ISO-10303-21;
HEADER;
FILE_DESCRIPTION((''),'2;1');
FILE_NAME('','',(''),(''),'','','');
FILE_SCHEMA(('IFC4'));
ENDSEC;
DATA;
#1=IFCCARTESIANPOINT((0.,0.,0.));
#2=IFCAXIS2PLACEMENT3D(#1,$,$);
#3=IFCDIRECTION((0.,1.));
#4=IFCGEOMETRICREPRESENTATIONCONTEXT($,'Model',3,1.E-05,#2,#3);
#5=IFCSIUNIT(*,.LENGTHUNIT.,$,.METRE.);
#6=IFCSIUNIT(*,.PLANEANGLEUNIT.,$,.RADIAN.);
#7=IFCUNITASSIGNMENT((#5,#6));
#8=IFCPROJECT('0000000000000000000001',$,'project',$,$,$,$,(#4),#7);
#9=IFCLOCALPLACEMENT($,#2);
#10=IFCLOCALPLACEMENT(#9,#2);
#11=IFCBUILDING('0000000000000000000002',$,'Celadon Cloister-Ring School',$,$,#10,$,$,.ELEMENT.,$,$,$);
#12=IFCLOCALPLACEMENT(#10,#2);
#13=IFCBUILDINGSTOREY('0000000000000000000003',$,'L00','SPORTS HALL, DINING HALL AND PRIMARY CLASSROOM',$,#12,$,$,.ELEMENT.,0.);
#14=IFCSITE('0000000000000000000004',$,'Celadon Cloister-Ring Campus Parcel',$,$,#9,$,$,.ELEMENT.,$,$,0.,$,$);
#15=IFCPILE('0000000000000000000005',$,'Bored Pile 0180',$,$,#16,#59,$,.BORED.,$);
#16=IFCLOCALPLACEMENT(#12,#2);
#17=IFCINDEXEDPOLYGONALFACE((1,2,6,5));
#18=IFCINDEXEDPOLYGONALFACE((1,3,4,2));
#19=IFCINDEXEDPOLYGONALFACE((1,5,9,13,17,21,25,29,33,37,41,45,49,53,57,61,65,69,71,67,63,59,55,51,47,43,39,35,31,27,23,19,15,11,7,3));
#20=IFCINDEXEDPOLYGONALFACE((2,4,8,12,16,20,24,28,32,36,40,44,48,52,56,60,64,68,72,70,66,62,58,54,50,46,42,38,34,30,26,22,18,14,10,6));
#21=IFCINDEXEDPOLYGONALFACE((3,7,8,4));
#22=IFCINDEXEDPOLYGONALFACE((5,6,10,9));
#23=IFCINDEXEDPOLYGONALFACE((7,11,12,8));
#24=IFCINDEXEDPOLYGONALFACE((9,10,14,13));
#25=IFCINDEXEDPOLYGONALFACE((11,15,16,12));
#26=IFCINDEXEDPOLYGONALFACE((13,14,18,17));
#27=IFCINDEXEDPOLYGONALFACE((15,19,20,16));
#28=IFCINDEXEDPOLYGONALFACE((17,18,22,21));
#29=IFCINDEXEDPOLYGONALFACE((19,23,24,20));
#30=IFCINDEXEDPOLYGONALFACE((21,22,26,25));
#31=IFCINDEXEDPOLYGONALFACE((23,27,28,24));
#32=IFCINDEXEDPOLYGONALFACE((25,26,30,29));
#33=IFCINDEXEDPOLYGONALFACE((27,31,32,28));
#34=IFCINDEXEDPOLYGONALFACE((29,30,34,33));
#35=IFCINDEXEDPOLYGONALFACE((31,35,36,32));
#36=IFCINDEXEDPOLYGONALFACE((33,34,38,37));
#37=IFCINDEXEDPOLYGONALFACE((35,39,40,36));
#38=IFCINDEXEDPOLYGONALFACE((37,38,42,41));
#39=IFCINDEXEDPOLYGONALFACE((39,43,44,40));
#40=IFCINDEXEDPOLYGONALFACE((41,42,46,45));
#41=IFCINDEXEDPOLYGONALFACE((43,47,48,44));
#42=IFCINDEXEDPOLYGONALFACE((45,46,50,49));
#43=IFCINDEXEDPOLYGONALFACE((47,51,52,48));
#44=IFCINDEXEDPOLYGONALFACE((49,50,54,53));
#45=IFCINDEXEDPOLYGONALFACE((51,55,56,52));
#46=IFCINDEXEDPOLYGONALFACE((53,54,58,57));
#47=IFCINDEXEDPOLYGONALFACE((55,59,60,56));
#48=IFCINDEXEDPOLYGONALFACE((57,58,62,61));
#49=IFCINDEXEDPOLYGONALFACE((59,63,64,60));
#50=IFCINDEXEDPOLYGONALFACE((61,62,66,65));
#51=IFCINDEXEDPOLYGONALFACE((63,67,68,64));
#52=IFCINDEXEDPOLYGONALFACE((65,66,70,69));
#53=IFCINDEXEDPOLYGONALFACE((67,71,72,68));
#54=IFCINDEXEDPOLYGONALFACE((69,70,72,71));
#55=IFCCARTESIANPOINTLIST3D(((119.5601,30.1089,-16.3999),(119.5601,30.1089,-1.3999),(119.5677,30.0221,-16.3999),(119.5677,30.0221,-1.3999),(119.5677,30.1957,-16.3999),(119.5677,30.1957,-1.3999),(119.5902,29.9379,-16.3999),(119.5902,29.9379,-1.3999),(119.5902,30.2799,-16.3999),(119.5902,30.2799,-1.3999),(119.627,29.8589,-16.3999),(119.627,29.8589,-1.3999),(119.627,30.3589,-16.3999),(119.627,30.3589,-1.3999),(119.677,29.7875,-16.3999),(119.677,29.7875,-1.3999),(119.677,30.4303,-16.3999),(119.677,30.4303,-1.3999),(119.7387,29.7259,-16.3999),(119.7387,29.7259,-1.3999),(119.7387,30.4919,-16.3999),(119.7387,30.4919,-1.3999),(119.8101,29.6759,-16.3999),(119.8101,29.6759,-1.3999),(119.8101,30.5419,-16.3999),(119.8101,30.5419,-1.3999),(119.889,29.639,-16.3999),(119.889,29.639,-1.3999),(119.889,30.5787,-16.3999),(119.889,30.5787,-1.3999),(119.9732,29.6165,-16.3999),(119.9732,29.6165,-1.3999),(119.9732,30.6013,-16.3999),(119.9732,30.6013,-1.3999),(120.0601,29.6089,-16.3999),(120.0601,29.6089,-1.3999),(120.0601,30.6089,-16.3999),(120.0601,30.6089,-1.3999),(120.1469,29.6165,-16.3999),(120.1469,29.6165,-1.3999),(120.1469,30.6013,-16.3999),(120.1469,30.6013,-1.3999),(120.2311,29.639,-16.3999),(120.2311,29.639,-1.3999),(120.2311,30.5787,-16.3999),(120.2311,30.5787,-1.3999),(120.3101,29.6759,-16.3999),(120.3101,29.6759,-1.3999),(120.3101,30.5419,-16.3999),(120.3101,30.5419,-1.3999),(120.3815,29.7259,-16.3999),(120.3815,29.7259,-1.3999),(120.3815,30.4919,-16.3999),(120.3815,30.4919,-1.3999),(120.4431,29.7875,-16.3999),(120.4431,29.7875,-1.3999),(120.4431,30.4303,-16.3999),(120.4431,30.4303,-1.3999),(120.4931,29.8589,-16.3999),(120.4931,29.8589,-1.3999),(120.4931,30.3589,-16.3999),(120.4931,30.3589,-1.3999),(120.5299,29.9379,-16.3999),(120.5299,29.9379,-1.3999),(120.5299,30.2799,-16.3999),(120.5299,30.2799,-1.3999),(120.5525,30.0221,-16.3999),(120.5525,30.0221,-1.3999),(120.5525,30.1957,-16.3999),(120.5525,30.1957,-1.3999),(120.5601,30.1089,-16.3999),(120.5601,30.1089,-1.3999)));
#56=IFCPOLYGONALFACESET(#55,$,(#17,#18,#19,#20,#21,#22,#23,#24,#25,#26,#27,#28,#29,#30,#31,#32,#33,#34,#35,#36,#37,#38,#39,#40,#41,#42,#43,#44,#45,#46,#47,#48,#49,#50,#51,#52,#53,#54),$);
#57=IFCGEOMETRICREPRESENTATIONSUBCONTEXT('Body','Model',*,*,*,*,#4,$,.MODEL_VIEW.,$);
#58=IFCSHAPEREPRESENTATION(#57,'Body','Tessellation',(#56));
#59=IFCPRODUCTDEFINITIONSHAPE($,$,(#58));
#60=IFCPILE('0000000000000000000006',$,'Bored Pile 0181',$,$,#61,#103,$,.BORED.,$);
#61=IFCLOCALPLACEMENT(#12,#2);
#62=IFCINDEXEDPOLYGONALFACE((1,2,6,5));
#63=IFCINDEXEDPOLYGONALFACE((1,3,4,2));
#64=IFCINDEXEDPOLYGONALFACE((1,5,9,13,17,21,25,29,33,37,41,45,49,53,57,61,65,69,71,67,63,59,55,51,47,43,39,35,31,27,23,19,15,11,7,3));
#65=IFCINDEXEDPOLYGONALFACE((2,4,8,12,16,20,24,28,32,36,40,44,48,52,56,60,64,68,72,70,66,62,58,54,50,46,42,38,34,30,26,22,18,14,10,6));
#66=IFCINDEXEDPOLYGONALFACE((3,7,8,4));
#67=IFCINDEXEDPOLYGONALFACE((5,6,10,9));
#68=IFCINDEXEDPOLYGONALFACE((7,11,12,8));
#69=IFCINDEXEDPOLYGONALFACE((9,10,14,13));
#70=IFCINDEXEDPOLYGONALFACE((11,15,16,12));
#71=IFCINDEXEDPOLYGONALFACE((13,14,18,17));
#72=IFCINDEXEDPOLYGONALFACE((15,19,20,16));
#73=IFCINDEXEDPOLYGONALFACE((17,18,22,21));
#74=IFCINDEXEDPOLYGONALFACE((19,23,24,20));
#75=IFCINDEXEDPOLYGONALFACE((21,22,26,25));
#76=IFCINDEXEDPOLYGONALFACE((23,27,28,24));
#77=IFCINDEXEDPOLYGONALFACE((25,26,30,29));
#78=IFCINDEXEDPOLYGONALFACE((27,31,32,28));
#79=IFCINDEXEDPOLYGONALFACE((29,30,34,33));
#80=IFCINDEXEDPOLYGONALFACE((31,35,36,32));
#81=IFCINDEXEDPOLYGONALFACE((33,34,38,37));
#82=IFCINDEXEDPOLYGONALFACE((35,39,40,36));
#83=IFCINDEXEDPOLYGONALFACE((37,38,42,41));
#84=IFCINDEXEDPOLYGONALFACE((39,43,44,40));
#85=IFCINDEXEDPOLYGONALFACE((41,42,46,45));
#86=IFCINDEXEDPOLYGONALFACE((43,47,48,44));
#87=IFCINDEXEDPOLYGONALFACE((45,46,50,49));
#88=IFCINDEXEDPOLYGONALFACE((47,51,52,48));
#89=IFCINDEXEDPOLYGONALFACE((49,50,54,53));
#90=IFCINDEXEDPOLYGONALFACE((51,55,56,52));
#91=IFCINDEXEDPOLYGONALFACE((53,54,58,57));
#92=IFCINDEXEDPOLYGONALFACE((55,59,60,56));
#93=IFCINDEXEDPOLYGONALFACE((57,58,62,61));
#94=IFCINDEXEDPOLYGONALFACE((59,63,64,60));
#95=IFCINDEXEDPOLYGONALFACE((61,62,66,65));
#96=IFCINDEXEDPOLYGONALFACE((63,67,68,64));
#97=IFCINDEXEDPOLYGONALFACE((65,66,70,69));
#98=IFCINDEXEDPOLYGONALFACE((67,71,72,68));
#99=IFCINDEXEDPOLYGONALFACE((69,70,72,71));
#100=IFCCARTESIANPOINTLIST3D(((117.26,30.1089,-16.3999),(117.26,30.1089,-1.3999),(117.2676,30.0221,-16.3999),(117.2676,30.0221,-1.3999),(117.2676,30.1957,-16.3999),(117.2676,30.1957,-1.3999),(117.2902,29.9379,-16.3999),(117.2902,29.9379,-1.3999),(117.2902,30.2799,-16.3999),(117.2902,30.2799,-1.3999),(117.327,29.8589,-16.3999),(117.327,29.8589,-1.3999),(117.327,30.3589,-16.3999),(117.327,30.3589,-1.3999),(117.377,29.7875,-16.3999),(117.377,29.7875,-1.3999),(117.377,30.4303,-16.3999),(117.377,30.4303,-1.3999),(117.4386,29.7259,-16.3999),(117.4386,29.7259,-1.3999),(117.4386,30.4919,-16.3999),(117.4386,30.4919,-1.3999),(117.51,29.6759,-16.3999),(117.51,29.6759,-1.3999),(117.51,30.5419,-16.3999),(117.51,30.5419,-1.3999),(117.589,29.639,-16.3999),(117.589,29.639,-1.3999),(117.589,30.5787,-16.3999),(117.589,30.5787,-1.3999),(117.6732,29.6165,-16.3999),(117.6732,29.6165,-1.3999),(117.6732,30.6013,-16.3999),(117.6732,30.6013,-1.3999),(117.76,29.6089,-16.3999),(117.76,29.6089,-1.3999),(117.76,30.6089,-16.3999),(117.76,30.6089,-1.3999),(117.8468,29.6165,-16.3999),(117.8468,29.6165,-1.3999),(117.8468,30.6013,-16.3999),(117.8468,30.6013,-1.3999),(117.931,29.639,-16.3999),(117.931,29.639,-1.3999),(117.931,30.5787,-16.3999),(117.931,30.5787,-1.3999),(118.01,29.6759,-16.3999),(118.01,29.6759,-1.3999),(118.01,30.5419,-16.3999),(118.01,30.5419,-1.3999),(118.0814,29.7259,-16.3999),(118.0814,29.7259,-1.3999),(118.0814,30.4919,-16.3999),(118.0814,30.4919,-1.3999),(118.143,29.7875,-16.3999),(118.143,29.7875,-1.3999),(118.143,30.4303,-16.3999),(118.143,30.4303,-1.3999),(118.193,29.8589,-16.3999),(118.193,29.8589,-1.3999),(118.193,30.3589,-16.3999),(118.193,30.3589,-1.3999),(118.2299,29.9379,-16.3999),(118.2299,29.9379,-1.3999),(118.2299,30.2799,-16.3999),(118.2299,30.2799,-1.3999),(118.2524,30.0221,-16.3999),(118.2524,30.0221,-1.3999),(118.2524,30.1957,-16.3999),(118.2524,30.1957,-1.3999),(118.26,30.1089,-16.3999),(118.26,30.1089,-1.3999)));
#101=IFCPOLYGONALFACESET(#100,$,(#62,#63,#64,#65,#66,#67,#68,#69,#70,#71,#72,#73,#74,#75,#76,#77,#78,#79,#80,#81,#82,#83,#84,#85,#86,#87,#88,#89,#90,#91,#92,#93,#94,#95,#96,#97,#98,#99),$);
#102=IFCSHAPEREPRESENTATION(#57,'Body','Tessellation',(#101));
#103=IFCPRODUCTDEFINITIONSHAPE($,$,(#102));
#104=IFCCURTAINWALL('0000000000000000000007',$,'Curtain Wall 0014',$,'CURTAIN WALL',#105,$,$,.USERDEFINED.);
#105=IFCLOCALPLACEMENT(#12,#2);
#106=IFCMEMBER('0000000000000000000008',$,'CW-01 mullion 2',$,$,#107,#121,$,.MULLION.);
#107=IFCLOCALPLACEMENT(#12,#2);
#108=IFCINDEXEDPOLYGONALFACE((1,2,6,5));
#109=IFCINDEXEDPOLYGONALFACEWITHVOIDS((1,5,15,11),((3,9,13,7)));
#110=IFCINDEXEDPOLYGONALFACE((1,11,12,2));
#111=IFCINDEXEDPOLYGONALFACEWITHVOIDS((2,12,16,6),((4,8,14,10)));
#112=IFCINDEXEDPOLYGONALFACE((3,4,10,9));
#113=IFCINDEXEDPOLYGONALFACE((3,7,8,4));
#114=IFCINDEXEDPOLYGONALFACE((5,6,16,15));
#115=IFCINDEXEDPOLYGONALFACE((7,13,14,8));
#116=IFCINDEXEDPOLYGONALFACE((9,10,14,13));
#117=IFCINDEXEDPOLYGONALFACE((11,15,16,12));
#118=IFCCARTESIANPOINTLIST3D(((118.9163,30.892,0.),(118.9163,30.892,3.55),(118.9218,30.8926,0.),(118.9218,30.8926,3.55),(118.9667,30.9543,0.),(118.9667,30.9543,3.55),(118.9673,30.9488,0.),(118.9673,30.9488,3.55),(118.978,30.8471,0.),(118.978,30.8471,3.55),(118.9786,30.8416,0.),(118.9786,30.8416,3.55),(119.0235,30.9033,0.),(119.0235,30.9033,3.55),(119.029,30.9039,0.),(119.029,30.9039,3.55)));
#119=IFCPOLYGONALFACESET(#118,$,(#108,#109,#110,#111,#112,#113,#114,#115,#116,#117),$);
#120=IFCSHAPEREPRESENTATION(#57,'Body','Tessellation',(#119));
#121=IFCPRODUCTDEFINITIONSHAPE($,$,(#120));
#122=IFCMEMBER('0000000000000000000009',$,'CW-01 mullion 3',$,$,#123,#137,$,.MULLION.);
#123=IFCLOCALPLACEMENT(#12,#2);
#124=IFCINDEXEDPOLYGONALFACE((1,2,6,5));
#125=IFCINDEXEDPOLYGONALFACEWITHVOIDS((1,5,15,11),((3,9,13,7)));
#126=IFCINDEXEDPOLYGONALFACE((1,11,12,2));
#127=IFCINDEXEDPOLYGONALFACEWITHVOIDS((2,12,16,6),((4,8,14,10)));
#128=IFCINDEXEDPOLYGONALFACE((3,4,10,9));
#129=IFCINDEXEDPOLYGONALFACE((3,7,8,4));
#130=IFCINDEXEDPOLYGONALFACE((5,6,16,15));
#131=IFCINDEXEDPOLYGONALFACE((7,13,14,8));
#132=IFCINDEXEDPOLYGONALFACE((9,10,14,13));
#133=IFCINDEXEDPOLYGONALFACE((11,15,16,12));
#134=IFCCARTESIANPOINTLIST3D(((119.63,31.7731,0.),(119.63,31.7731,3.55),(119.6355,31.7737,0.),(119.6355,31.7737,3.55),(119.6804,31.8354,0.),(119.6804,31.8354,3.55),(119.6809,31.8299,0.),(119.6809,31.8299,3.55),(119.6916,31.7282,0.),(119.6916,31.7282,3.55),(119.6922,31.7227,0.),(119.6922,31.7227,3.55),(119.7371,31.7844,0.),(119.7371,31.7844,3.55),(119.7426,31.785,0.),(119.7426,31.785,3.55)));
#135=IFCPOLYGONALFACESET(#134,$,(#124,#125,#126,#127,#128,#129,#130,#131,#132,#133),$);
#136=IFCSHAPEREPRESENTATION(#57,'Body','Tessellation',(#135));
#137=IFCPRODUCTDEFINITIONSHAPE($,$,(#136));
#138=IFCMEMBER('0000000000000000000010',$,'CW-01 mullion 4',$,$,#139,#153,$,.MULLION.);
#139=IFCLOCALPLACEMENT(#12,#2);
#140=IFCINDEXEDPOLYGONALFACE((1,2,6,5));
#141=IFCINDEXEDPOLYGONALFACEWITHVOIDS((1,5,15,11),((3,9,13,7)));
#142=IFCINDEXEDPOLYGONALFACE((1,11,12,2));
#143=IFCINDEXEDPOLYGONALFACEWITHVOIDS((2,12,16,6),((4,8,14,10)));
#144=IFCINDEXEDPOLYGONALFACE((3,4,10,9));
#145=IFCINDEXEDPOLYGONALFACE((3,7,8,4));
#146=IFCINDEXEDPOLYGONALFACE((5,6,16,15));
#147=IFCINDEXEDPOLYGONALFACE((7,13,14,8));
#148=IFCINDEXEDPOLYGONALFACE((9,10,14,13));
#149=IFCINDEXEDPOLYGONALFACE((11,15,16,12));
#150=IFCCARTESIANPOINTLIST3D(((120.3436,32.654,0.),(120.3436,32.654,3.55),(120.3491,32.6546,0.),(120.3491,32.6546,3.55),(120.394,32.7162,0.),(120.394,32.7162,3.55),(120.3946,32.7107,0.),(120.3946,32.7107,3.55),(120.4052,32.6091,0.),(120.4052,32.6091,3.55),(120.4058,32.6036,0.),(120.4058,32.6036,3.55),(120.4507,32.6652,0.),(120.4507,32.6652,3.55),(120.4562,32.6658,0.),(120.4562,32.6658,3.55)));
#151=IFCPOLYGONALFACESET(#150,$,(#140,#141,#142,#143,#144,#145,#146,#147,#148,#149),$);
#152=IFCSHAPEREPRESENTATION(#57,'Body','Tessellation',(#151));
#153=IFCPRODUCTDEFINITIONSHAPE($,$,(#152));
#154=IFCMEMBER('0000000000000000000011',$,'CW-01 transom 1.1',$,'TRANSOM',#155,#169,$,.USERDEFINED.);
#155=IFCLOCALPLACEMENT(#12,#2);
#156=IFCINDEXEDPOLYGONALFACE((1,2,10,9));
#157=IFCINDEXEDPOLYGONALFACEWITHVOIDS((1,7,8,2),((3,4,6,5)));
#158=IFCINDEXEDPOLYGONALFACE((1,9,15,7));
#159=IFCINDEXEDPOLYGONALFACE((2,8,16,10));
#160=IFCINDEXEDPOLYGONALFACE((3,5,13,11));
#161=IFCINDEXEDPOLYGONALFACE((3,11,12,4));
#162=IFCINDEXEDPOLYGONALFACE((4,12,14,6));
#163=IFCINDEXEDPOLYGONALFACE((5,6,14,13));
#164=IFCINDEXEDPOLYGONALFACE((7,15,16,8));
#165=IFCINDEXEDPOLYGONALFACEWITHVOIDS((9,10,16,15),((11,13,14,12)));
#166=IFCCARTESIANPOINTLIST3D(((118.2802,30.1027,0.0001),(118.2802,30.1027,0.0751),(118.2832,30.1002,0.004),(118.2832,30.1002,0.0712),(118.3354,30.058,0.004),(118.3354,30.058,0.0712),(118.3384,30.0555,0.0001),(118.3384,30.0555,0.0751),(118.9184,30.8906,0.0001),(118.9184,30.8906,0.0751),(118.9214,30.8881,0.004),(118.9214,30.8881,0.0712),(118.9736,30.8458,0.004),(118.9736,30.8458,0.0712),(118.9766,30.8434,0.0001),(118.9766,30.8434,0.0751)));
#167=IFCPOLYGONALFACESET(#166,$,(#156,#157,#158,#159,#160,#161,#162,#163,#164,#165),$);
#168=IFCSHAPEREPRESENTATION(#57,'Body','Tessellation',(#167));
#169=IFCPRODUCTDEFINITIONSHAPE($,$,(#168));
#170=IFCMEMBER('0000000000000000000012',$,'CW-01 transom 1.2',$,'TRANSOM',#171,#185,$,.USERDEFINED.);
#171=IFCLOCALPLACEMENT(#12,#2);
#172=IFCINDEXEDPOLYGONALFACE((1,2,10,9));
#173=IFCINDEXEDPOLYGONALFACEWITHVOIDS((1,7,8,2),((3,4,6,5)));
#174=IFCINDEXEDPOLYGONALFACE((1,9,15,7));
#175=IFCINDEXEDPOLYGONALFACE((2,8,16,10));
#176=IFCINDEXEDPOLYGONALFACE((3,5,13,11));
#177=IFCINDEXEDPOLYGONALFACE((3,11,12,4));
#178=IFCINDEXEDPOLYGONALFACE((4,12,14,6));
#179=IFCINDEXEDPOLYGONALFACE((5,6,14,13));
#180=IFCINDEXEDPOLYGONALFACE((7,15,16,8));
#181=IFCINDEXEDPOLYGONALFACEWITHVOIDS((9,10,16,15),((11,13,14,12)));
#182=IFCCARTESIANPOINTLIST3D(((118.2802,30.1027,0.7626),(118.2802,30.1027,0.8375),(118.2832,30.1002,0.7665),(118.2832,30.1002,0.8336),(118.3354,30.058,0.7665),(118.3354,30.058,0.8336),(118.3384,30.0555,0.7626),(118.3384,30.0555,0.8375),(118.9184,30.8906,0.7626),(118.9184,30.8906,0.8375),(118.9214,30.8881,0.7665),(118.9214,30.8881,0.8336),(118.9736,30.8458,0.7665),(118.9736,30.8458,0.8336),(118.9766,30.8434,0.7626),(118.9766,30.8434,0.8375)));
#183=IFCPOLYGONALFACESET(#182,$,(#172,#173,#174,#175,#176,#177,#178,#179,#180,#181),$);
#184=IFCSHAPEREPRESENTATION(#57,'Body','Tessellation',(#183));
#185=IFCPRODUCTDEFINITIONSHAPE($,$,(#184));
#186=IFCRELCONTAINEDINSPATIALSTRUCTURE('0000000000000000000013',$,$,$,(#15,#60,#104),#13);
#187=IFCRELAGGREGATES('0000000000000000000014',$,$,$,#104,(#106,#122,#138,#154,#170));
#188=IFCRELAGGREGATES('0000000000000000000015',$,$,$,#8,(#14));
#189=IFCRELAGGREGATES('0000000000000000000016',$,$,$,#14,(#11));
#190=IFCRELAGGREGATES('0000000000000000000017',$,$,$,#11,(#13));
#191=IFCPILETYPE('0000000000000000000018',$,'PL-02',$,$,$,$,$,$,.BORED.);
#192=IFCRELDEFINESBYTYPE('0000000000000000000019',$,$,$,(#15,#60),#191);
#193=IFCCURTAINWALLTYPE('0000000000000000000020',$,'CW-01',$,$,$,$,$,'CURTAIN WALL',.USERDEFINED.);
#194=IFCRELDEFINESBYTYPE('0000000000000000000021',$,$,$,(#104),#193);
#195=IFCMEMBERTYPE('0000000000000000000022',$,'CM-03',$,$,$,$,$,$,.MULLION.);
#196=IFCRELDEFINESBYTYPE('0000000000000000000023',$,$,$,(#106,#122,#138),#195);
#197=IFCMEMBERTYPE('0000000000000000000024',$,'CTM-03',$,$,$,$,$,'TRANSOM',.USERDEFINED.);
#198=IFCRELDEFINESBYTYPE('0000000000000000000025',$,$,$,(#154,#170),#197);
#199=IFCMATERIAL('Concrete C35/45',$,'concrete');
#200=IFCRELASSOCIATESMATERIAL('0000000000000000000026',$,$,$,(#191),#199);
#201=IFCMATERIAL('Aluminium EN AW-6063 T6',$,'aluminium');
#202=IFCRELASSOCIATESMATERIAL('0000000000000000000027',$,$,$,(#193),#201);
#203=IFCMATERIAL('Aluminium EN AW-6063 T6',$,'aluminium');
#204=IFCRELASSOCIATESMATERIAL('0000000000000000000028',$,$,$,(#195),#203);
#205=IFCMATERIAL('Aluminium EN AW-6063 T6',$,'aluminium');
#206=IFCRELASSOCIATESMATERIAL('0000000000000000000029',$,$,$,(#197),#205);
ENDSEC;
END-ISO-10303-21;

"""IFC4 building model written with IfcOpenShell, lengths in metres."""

from ifc_helpers import new_model, si_unit, direction, frame, origin, origin_2d, place, context, subcontext, project, spatial, hollow_rectangle, circle, extrude, material, material_profile, profile_set, type_object, element, aggregate, save


model = new_model("IFC4")

# Units and contexts
model_context = context("Model", 3, precision=1e-05, world=origin(), true_north=direction((0.0, 1.0)))
body_context = subcontext(model_context, "Body", "Model", "MODEL_VIEW")
ifc_project = project(units=[si_unit("LENGTHUNIT", "METRE"), si_unit("PLANEANGLEUNIT", "RADIAN")], contexts=[model_context])

# Site, building, storey
site_placement = place(None, origin())
site = spatial("IfcSite", under=ifc_project, at=site_placement, Name="Celadon Cloister-Ring Campus Parcel", CompositionType="ELEMENT", RefElevation=0.0)
building_placement = place(site_placement, origin())
building = spatial("IfcBuilding", under=site, at=building_placement, Name="Celadon Cloister-Ring School", CompositionType="ELEMENT")
storey_placement = place(building_placement, origin())
storey = spatial("IfcBuildingStorey", under=building, at=storey_placement, Name="L00", Description="SPORTS HALL, DINING HALL AND PRIMARY CLASSROOM", CompositionType="ELEMENT", Elevation=0.0)

# Piles
ifc_material_1 = material(Name="Concrete C35/45", Category="concrete")
ifc_material_profile_1 = material_profile(ifc_material_1, circle(Radius=0.5, at=origin_2d()), Name="PILE1000")
ifc_profile_set_1 = profile_set([ifc_material_profile_1], Name="Concrete C35/45")
pile_type = type_object("IfcPileType", Name="PL-02", PredefinedType="BORED", material=ifc_profile_set_1)
for number, where, z_axis, x_axis, name in (
    (1, (120.0601, 30.1089, -1.3999), (0.0, 0.0, -1.0), (1.0, 0.0, 0.0), "Bored Pile 0180"),
    (2, (117.76, 30.1089, -1.3999), (0.0, 0.0, -1.0), (1.0, 0.0, 0.0), "Bored Pile 0181"),
):
    element("IfcPile", number, at=place(storey_placement, frame(where, z_axis=z_axis, x_axis=x_axis)), inside=storey, type_object=pile_type, Name=name, PredefinedType="BORED", context=body_context, shape_type="SweptSolid", body=[
        extrude(circle(Radius=0.5, at=origin_2d()), origin(), (0.0, 0.0, 1.0), 15.0),
    ])

# Curtain wall, members
ifc_material_2 = material(Name="Aluminium EN AW-6063 T6", Category="aluminium")
curtain_wall_type = type_object("IfcCurtainWallType", Name="CW-01", ElementType="CURTAIN WALL", PredefinedType="USERDEFINED", material=ifc_material_2)
curtain_wall_placement = place(storey_placement, origin())
curtain_wall = element("IfcCurtainWall", 3, at=curtain_wall_placement, inside=storey, type_object=curtain_wall_type, Name="Curtain Wall 0014", ObjectType="CURTAIN WALL", PredefinedType="USERDEFINED")
ifc_material_3 = material(Name="Aluminium EN AW-6063 T6", Category="aluminium")
ifc_material_profile_2 = material_profile(ifc_material_3, hollow_rectangle(XDim=0.0801, YDim=0.0801, WallThickness=0.0039, at=origin_2d()), Name="RHS80X80X4")
ifc_profile_set_2 = profile_set([ifc_material_profile_2], Name="Aluminium EN AW-6063 T6")
member_type_1 = type_object("IfcMemberType", Name="CM-03", PredefinedType="MULLION", material=ifc_profile_set_2)
member_1_placement = place(storey_placement, frame((118.9727, 30.8979, 0.0), z_axis=(0.0, 0.0, 1.0), x_axis=(-0.777068, 0.629416, 0.0)))
member_1 = element("IfcMember", 4, at=member_1_placement, type_object=member_type_1, Name="CW-01 mullion 2", PredefinedType="MULLION", context=body_context, shape_type="SweptSolid", body=[
    extrude(hollow_rectangle(XDim=0.0801, YDim=0.0801, WallThickness=0.0039, at=origin_2d()), origin(), (0.0, 0.0, 1.0), 3.55),
])
member_2_placement = place(storey_placement, frame((119.6863, 31.7791, 0.0), z_axis=(0.0, 0.0, 1.0), x_axis=(-0.777068, 0.629416, 0.0)))
member_2 = element("IfcMember", 5, at=member_2_placement, type_object=member_type_1, Name="CW-01 mullion 3", PredefinedType="MULLION", context=body_context, shape_type="SweptSolid", body=[
    extrude(hollow_rectangle(XDim=0.0801, YDim=0.0801, WallThickness=0.0039, at=origin_2d()), origin(), (0.0, 0.0, 1.0), 3.55),
])
member_3_placement = place(storey_placement, frame((120.3999, 32.6599, 0.0), z_axis=(0.0, 0.0, 1.0), x_axis=(-0.777068, 0.629416, 0.0)))
member_3 = element("IfcMember", 6, at=member_3_placement, type_object=member_type_1, Name="CW-01 mullion 4", PredefinedType="MULLION", context=body_context, shape_type="SweptSolid", body=[
    extrude(hollow_rectangle(XDim=0.0801, YDim=0.0801, WallThickness=0.0039, at=origin_2d()), origin(), (0.0, 0.0, 1.0), 3.55),
])
ifc_material_4 = material(Name="Aluminium EN AW-6063 T6", Category="aluminium")
ifc_material_profile_3 = material_profile(ifc_material_4, hollow_rectangle(XDim=0.075, YDim=0.075, WallThickness=0.0039, at=origin_2d()), Name="RHS75X75X4")
ifc_profile_set_3 = profile_set([ifc_material_profile_3], Name="Aluminium EN AW-6063 T6")
member_type_2 = type_object("IfcMemberType", Name="CTM-03", ElementType="TRANSOM", PredefinedType="USERDEFINED", material=ifc_profile_set_3)
member_4_placement = place(storey_placement, frame((118.3093, 30.0791, 0.0376), z_axis=(0.629441, 0.777049, 0.0), x_axis=(-0.777049, 0.629441, 0.0)))
member_4 = element("IfcMember", 7, at=member_4_placement, type_object=member_type_2, Name="CW-01 transom 1.1", ObjectType="TRANSOM", PredefinedType="USERDEFINED", context=body_context, shape_type="SweptSolid", body=[
    extrude(hollow_rectangle(XDim=0.075, YDim=0.075, WallThickness=0.0039, at=origin_2d()), origin(), (0.0, 0.0, 1.0), 1.0139),
])
member_5_placement = place(storey_placement, frame((118.3093, 30.0791, 0.8), z_axis=(0.629441, 0.777049, 0.0), x_axis=(-0.777049, 0.629441, 0.0)))
member_5 = element("IfcMember", 8, at=member_5_placement, type_object=member_type_2, Name="CW-01 transom 1.2", ObjectType="TRANSOM", PredefinedType="USERDEFINED", context=body_context, shape_type="SweptSolid", body=[
    extrude(hollow_rectangle(XDim=0.075, YDim=0.075, WallThickness=0.0039, at=origin_2d()), origin(), (0.0, 0.0, 1.0), 1.0139),
])
aggregate(curtain_wall, [member_1, member_2, member_3, member_4, member_5])

save(model, "model.ifc")
